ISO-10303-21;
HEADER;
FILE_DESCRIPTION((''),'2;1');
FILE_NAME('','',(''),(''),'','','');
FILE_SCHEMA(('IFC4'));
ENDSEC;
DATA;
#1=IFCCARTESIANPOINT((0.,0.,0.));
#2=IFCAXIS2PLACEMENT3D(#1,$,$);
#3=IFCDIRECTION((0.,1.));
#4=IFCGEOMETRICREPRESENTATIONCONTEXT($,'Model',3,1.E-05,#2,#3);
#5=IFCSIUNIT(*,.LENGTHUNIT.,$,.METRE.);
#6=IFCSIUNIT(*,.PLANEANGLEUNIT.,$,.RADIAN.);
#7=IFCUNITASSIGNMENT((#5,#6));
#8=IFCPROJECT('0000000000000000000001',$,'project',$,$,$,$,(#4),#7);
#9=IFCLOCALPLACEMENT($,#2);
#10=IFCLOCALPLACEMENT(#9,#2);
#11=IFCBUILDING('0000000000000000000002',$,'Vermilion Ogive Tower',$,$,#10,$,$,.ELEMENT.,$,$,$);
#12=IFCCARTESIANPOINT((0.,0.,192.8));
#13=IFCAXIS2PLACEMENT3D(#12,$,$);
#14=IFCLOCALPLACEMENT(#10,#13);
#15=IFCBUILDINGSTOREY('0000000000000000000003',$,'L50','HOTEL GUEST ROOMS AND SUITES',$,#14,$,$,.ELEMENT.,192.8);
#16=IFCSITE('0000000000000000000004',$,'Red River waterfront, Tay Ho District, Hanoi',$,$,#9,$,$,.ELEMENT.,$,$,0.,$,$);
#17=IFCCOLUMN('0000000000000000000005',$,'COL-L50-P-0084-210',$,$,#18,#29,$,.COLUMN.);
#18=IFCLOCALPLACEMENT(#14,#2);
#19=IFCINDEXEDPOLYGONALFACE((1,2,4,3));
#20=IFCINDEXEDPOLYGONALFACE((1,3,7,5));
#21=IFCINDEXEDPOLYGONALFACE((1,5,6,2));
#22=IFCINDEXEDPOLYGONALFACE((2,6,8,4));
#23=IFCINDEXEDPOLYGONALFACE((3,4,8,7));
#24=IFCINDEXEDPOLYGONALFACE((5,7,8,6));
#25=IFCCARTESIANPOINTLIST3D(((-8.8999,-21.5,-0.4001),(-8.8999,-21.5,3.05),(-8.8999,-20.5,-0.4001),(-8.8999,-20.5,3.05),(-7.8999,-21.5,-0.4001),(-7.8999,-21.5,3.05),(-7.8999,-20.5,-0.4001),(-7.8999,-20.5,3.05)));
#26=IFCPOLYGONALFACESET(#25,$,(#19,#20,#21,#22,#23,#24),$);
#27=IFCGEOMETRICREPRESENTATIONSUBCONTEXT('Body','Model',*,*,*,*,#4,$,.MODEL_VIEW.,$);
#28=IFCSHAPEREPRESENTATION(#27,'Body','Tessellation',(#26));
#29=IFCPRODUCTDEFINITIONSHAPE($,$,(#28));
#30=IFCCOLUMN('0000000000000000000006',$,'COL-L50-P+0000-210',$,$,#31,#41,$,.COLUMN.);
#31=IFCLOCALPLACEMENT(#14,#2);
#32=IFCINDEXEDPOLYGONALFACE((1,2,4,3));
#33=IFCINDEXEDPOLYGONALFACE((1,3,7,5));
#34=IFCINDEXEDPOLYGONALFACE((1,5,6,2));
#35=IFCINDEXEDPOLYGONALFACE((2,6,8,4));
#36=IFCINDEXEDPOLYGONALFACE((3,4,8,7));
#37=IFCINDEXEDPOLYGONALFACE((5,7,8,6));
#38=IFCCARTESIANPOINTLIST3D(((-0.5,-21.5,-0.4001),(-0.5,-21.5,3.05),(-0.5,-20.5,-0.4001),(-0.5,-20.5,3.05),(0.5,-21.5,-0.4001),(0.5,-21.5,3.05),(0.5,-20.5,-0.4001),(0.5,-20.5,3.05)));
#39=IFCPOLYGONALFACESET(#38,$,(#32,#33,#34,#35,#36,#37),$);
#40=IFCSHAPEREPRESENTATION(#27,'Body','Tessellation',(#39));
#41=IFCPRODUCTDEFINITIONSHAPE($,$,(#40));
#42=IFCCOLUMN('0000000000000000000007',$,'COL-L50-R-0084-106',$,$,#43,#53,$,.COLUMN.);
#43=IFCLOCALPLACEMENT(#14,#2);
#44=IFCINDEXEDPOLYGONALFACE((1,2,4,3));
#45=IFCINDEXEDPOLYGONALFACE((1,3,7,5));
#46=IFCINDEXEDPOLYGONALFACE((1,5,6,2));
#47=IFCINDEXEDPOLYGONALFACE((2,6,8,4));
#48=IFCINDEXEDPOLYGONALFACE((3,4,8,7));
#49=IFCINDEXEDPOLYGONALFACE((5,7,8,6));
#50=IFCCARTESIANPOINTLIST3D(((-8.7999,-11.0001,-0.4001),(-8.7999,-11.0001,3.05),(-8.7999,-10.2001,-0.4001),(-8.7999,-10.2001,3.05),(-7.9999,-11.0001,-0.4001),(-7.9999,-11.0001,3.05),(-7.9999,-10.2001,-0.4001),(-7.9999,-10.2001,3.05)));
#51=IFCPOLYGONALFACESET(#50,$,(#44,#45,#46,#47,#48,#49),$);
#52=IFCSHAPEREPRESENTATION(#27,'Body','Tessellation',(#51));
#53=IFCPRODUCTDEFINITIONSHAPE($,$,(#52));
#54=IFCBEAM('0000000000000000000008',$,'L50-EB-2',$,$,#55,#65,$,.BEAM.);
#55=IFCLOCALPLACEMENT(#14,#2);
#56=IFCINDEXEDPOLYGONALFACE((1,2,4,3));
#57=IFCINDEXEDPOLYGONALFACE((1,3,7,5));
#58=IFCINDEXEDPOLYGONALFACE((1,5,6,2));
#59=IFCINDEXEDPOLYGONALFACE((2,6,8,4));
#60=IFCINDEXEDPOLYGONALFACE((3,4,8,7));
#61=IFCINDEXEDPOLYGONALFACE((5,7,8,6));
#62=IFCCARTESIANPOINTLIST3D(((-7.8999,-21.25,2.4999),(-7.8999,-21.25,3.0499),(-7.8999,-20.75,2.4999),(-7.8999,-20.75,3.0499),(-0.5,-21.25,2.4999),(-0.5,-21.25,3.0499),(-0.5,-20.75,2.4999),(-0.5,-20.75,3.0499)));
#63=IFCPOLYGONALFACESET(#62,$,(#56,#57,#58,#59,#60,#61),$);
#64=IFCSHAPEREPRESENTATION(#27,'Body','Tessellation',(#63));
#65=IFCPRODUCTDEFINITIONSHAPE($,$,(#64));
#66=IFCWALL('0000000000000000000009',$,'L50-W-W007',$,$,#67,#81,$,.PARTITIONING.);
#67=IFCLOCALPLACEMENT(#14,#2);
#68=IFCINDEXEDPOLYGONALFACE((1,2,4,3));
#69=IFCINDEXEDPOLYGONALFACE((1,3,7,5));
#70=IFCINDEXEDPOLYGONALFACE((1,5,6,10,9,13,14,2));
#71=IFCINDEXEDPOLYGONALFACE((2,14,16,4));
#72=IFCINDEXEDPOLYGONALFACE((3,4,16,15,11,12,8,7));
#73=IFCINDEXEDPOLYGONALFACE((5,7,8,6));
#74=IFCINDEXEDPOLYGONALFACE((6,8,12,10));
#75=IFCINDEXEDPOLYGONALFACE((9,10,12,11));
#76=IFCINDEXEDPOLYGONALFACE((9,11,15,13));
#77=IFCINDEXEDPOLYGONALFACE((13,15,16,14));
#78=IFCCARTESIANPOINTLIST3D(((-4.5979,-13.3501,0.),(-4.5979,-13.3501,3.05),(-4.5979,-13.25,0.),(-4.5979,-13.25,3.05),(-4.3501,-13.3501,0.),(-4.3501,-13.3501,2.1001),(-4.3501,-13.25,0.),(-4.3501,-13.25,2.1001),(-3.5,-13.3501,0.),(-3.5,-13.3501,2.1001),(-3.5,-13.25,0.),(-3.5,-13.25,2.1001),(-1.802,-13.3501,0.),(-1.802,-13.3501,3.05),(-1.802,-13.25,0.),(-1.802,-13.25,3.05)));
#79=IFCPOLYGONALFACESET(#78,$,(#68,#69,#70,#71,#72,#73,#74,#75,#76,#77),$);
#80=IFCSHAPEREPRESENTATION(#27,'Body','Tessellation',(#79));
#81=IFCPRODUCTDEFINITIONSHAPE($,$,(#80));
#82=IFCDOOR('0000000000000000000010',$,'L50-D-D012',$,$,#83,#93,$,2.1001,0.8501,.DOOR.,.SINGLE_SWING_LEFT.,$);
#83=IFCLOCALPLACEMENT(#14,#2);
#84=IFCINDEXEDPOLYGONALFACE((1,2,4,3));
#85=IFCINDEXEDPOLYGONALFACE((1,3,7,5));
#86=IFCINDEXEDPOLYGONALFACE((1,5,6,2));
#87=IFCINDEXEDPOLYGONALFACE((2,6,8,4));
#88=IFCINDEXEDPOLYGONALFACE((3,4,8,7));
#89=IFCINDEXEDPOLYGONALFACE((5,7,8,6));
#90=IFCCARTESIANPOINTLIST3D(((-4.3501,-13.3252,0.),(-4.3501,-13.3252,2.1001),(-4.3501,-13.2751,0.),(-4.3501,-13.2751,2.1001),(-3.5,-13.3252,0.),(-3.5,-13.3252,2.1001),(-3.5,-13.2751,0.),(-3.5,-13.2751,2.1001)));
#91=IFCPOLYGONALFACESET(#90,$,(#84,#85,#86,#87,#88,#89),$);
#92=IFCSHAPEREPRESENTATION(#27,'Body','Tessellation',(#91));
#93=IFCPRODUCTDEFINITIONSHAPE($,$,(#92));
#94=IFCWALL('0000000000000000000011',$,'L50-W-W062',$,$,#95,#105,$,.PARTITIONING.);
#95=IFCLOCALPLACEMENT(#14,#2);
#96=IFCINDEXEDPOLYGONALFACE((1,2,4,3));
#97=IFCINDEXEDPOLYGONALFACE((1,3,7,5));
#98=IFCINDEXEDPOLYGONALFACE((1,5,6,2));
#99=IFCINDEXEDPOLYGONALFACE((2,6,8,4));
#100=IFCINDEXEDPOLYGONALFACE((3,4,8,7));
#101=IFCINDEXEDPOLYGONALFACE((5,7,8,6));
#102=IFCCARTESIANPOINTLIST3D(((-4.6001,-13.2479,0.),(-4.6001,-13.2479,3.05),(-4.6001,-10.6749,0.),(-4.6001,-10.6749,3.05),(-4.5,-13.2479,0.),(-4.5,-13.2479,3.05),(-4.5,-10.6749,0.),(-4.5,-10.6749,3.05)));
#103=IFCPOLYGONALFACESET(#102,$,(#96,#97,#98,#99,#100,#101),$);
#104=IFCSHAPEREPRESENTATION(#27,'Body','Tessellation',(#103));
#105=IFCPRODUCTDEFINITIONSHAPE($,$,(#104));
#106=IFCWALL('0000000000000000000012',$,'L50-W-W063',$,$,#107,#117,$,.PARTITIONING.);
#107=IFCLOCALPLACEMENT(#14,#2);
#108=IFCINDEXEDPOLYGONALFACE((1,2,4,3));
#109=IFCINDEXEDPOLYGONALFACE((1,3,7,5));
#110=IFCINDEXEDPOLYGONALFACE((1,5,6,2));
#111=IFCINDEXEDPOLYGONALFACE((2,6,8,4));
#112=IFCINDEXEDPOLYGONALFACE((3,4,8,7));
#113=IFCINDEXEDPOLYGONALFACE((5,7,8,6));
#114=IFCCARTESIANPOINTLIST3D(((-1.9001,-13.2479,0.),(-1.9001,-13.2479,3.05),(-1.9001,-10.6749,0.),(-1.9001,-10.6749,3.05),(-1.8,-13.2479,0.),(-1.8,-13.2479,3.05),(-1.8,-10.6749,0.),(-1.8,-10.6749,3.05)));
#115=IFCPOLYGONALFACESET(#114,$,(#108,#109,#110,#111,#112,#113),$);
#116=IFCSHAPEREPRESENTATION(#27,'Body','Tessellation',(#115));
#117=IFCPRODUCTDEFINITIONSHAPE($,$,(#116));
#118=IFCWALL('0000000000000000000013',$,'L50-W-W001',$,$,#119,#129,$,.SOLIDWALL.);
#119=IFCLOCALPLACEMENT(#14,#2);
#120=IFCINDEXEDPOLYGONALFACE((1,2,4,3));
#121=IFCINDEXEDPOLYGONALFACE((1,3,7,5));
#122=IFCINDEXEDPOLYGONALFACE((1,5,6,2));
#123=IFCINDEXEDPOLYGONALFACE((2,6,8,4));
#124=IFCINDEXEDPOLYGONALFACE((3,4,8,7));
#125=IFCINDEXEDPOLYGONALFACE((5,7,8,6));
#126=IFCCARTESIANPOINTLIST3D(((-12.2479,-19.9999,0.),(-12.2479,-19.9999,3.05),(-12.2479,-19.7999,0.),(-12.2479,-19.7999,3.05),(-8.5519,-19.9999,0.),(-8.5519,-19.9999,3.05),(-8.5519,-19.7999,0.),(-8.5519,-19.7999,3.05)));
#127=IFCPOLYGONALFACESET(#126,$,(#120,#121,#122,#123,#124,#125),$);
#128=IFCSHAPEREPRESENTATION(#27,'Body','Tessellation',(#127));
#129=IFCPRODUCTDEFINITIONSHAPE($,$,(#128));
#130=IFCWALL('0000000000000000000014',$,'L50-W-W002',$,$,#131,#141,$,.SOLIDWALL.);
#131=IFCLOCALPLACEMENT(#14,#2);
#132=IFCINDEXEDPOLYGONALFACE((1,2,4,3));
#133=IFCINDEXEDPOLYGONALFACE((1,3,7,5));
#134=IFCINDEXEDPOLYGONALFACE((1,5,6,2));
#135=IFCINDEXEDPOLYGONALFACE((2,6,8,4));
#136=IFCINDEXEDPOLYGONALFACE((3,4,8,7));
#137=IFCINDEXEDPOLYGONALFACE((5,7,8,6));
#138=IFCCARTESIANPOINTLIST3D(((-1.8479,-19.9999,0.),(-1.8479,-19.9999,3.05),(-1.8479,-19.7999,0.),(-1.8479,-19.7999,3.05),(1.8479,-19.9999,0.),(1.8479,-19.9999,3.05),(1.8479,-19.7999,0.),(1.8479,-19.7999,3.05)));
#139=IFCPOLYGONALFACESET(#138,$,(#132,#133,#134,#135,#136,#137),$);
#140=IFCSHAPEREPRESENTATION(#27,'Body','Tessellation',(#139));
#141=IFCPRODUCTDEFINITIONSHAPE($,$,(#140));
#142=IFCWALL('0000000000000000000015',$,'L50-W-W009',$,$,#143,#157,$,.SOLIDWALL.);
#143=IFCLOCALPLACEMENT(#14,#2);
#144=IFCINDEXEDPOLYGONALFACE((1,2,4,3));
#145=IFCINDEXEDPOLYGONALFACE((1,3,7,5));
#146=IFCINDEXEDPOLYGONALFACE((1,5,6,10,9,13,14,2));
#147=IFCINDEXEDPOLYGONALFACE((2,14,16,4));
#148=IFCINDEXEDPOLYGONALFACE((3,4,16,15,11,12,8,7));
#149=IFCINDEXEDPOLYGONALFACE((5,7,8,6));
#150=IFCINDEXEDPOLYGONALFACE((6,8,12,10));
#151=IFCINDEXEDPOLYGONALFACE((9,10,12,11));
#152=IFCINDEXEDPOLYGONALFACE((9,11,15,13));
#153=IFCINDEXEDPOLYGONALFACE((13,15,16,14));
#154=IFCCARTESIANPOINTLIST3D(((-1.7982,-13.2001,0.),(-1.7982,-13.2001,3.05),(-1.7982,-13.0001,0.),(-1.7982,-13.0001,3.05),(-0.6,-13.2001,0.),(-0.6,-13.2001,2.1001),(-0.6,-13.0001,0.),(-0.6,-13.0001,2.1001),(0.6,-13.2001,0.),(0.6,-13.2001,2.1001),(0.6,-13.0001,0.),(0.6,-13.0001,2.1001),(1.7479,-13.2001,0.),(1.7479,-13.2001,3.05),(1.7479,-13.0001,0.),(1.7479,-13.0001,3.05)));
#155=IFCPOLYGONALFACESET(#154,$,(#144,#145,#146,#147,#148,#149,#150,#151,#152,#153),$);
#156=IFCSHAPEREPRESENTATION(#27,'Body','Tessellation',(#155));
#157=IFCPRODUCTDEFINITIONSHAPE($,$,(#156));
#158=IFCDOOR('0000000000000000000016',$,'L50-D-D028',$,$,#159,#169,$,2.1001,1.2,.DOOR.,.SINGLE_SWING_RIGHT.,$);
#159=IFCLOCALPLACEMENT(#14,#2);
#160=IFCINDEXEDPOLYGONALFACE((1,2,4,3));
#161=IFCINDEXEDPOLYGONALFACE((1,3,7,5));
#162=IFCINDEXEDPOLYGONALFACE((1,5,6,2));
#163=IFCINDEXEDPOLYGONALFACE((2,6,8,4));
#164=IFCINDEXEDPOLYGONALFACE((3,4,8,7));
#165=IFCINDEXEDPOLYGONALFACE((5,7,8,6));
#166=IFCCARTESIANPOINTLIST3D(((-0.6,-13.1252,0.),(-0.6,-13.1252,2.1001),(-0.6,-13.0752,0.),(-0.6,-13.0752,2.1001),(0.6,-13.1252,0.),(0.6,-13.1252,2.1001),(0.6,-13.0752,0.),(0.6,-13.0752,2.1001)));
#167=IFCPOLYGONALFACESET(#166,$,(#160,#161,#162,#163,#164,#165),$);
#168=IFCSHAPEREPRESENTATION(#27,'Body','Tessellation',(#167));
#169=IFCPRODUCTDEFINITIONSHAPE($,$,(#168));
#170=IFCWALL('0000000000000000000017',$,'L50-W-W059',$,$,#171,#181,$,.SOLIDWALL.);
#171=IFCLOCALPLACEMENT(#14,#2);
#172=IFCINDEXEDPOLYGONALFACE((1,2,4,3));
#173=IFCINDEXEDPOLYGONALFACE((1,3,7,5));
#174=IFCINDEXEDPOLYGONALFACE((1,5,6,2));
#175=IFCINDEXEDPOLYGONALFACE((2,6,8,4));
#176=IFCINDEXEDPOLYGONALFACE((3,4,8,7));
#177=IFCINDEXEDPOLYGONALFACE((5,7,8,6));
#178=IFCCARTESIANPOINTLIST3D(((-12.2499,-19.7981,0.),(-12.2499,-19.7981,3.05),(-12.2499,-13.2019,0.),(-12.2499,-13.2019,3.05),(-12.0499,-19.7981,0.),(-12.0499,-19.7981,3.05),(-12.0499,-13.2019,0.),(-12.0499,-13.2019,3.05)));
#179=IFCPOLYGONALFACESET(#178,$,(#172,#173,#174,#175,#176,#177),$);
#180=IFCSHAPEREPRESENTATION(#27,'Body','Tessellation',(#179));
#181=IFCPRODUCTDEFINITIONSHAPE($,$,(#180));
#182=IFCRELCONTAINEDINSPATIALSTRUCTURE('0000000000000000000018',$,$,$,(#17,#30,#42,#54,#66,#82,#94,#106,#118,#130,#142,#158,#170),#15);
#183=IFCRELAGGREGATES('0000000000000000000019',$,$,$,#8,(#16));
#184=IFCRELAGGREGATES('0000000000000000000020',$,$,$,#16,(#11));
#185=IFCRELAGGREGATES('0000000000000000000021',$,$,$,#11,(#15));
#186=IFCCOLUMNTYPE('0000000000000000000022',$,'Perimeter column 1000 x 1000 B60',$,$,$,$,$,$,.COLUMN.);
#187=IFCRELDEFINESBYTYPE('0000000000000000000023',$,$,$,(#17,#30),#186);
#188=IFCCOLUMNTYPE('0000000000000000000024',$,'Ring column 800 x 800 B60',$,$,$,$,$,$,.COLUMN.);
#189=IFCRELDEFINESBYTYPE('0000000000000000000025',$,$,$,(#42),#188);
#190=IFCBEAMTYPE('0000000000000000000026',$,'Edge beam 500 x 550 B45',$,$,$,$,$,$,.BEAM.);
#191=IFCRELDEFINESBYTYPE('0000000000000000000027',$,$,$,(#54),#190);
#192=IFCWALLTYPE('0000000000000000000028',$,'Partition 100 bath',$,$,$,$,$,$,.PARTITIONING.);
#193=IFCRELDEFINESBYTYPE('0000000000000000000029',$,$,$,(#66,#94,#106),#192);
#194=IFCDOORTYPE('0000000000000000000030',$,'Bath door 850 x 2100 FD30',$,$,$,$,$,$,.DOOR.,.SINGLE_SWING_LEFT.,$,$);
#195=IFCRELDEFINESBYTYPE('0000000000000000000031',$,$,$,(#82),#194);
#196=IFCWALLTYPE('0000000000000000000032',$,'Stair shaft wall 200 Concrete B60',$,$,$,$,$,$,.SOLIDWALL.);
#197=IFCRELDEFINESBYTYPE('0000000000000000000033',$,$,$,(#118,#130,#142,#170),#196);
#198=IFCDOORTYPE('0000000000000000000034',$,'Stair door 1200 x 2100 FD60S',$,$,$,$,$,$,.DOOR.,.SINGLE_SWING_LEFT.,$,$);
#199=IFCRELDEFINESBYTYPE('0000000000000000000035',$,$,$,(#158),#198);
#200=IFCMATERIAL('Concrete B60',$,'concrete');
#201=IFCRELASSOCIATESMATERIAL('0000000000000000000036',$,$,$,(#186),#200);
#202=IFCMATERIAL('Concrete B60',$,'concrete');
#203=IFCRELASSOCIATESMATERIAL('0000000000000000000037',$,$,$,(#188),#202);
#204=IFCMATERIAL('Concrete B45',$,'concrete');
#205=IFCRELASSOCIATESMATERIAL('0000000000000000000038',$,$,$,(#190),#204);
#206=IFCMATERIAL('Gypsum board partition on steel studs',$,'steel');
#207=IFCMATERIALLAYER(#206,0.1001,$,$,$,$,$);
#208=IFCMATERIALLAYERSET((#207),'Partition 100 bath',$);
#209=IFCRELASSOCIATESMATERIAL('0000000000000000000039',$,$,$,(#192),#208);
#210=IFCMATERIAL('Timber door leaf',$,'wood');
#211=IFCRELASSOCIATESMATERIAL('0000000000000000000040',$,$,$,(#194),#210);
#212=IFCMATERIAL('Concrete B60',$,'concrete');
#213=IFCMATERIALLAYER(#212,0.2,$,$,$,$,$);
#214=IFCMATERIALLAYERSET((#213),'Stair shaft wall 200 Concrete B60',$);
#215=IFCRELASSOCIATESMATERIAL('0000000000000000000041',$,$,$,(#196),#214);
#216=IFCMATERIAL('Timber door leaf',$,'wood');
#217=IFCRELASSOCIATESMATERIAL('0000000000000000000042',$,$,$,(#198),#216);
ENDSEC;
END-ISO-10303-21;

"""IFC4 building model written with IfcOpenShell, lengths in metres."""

from ifc_helpers import new_model, si_unit, direction, frame, frame_2d, origin, origin_2d, place, context, subcontext, project, spatial, rectangle, extrude, material, layer, layer_set, material_profile, profile_set, type_object, element, fill, save


model = new_model("IFC4")

# Units and contexts
model_context = context("Model", 3, precision=1e-05, world=origin(), true_north=direction((0.0, 1.0)))
body_context = subcontext(model_context, "Body", "Model", "MODEL_VIEW")
ifc_project = project(units=[si_unit("LENGTHUNIT", "METRE"), si_unit("PLANEANGLEUNIT", "RADIAN")], contexts=[model_context])

# Site, building, storey
site_placement = place(None, origin())
site = spatial("IfcSite", under=ifc_project, at=site_placement, Name="Red River waterfront, Tay Ho District, Hanoi", CompositionType="ELEMENT", RefElevation=0.0)
building_placement = place(site_placement, origin())
building = spatial("IfcBuilding", under=site, at=building_placement, Name="Vermilion Ogive Tower", CompositionType="ELEMENT")
storey_placement = place(building_placement, frame((0.0, 0.0, 192.8)))
storey = spatial("IfcBuildingStorey", under=building, at=storey_placement, Name="L50", Description="HOTEL GUEST ROOMS AND SUITES", CompositionType="ELEMENT", Elevation=192.8)

# Columns
ifc_material_1 = material(Name="Concrete B60", Category="concrete")
ifc_material_profile_1 = material_profile(ifc_material_1, rectangle(XDim=1.0, YDim=1.0, at=origin_2d()), Name="1000 x 1000")
ifc_profile_set_1 = profile_set([ifc_material_profile_1], Name="Concrete B60")
column_type_1 = type_object("IfcColumnType", Name="Perimeter column 1000 x 1000 B60", PredefinedType="COLUMN", material=ifc_profile_set_1)
for number, where, z_axis, x_axis, name in (
    (1, (-8.3999, -21.0, -0.4001), (0.0, 0.0, 1.0), (1.0, 0.0, 0.0), "COL-L50-P-0084-210"),
    (2, (0.0, -21.0, -0.4001), (0.0, 0.0, 1.0), (1.0, 0.0, 0.0), "COL-L50-P+0000-210"),
):
    element("IfcColumn", number, at=place(storey_placement, frame(where, z_axis=z_axis, x_axis=x_axis)), inside=storey, type_object=column_type_1, Name=name, PredefinedType="COLUMN", context=body_context, shape_type="SweptSolid", body=[
        extrude(rectangle(XDim=1.0, YDim=1.0, at=origin_2d()), origin(), (0.0, 0.0, 1.0), 3.4502),
    ])
ifc_material_2 = material(Name="Concrete B60", Category="concrete")
ifc_material_profile_2 = material_profile(ifc_material_2, rectangle(XDim=0.8, YDim=0.8, at=origin_2d()), Name="800 x 800")
ifc_profile_set_2 = profile_set([ifc_material_profile_2], Name="Concrete B60")
column_type_2 = type_object("IfcColumnType", Name="Ring column 800 x 800 B60", PredefinedType="COLUMN", material=ifc_profile_set_2)
column_placement = place(storey_placement, frame((-8.3999, -10.6001, -0.4001), z_axis=(0.0, 0.0, 1.0), x_axis=(1.0, 0.0, 0.0)))
element("IfcColumn", 3, at=column_placement, inside=storey, type_object=column_type_2, Name="COL-L50-R-0084-106", PredefinedType="COLUMN", context=body_context, shape_type="SweptSolid", body=[
    extrude(rectangle(XDim=0.8, YDim=0.8, at=origin_2d()), origin(), (0.0, 0.0, 1.0), 3.4502),
])

# Beam
ifc_material_3 = material(Name="Concrete B45", Category="concrete")
ifc_material_profile_3 = material_profile(ifc_material_3, rectangle(XDim=0.5, YDim=0.55, at=origin_2d()), Name="500 x 550")
ifc_profile_set_3 = profile_set([ifc_material_profile_3], Name="Concrete B45")
beam_type = type_object("IfcBeamType", Name="Edge beam 500 x 550 B45", PredefinedType="BEAM", material=ifc_profile_set_3)
beam_placement = place(storey_placement, frame((-7.8999, -21.0, 2.7749), z_axis=(1.0, 0.0, 0.0), x_axis=(0.0, 1.0, 0.0)))
element("IfcBeam", 4, at=beam_placement, inside=storey, type_object=beam_type, Name="L50-EB-2", PredefinedType="BEAM", context=body_context, shape_type="SweptSolid", body=[
    extrude(rectangle(XDim=0.5, YDim=0.55, at=origin_2d()), origin(), (0.0, 0.0, 1.0), 7.3999),
])

# Wall, opening, door
ifc_material_4 = material(Name="Gypsum board partition on steel studs", Category="steel")
ifc_layer_1 = layer(ifc_material_4, 0.1001)
ifc_layer_set_1 = layer_set([ifc_layer_1], Name="Partition 100 bath")
wall_type_1 = type_object("IfcWallType", Name="Partition 100 bath", PredefinedType="PARTITIONING", material=ifc_layer_set_1)
wall_1_placement = place(storey_placement, frame((-4.5979, -13.3, 0.0), z_axis=(0.0, 0.0, 1.0), x_axis=(1.0, 0.0, 0.0)))
wall_1 = element("IfcWall", 5, at=wall_1_placement, inside=storey, type_object=wall_type_1, Name="L50-W-W007", PredefinedType="PARTITIONING", context=body_context, shape_type="SweptSolid", body=[
    extrude(rectangle(XDim=2.7959, YDim=0.1001, at=frame_2d((1.3979, 0.0))), origin(), (0.0, 0.0, 1.0), 3.05),
])
opening_1_placement = place(wall_1_placement, frame((0.2478, 0.0, 0.0)))
opening_1 = element("IfcOpeningElement", 6, at=opening_1_placement, cuts=wall_1, PredefinedType="OPENING", context=body_context, shape_type="SweptSolid", body=[
    extrude(rectangle(XDim=0.8501, YDim=2.1001, at=frame_2d((0.425, 1.05))), frame((0.0, 0.0601, 0.0), z_axis=(0.0, -1.0, 0.0), x_axis=(1.0, 0.0, 0.0)), (0.0, 0.0, 1.0), 0.1201),
])
ifc_material_5 = material(Name="Timber door leaf", Category="wood")
door_type_1 = type_object("IfcDoorType", Name="Bath door 850 x 2100 FD30", OperationType="SINGLE_SWING_LEFT", PredefinedType="DOOR", material=ifc_material_5)
door_1_placement = place(opening_1_placement, origin())
door_1 = element("IfcDoor", 7, at=door_1_placement, inside=storey, type_object=door_type_1, Name="L50-D-D012", OperationType="SINGLE_SWING_LEFT", OverallHeight=2.1001, OverallWidth=0.8501, PredefinedType="DOOR", context=body_context, shape_type="SweptSolid", body=[
    extrude(rectangle(XDim=0.8501, YDim=2.1001, at=frame_2d((0.425, 1.05))), frame((0.0, 0.0249, 0.0), z_axis=(0.0, -1.0, 0.0), x_axis=(1.0, 0.0, 0.0)), (0.0, 0.0, 1.0), 0.05),
])
fill(opening_1, door_1)

# Walls
for number, where, z_axis, x_axis, name in (
    (8, (-4.55, -13.248, 0.0), (0.0, 0.0, 1.0), (0.0, 1.0, 0.0), "L50-W-W062"),
    (9, (-1.8501, -13.248, 0.0), (0.0, 0.0, 1.0), (0.0, 1.0, 0.0), "L50-W-W063"),
):
    element("IfcWall", number, at=place(storey_placement, frame(where, z_axis=z_axis, x_axis=x_axis)), inside=storey, type_object=wall_type_1, Name=name, PredefinedType="PARTITIONING", context=body_context, shape_type="SweptSolid", body=[
        extrude(rectangle(XDim=2.573, YDim=0.1001, at=frame_2d((1.2866, 0.0))), origin(), (0.0, 0.0, 1.0), 3.05),
    ])
ifc_material_6 = material(Name="Concrete B60", Category="concrete")
ifc_layer_2 = layer(ifc_material_6, 0.2)
ifc_layer_set_2 = layer_set([ifc_layer_2], Name="Stair shaft wall 200 Concrete B60")
wall_type_2 = type_object("IfcWallType", Name="Stair shaft wall 200 Concrete B60", PredefinedType="SOLIDWALL", material=ifc_layer_set_2)
wall_2_placement = place(storey_placement, frame((-12.248, -19.8999, 0.0), z_axis=(0.0, 0.0, 1.0), x_axis=(1.0, 0.0, 0.0)))
element("IfcWall", 10, at=wall_2_placement, inside=storey, type_object=wall_type_2, Name="L50-W-W001", PredefinedType="SOLIDWALL", context=body_context, shape_type="SweptSolid", body=[
    extrude(rectangle(XDim=3.696, YDim=0.2, at=frame_2d((1.8481, 0.0))), origin(), (0.0, 0.0, 1.0), 3.05),
])
wall_3_placement = place(storey_placement, frame((-1.8479, -19.8999, 0.0), z_axis=(0.0, 0.0, 1.0), x_axis=(1.0, 0.0, 0.0)))
element("IfcWall", 11, at=wall_3_placement, inside=storey, type_object=wall_type_2, Name="L50-W-W002", PredefinedType="SOLIDWALL", context=body_context, shape_type="SweptSolid", body=[
    extrude(rectangle(XDim=3.6958, YDim=0.2, at=frame_2d((1.8479, 0.0))), origin(), (0.0, 0.0, 1.0), 3.05),
])

# Wall, opening, door
wall_4_placement = place(storey_placement, frame((-1.7981, -13.1001, 0.0), z_axis=(0.0, 0.0, 1.0), x_axis=(1.0, 0.0, 0.0)))
wall_4 = element("IfcWall", 12, at=wall_4_placement, inside=storey, type_object=wall_type_2, Name="L50-W-W009", PredefinedType="SOLIDWALL", context=body_context, shape_type="SweptSolid", body=[
    extrude(rectangle(XDim=3.5461, YDim=0.2, at=frame_2d((1.7729, 0.0))), origin(), (0.0, 0.0, 1.0), 3.05),
])
opening_2_placement = place(wall_4_placement, frame((1.198, 0.0, 0.0)))
opening_2 = element("IfcOpeningElement", 13, at=opening_2_placement, cuts=wall_4, PredefinedType="OPENING", context=body_context, shape_type="SweptSolid", body=[
    extrude(rectangle(XDim=1.2, YDim=2.1001, at=frame_2d((0.6001, 1.05))), frame((0.0, 0.1099, 0.0), z_axis=(0.0, -1.0, 0.0), x_axis=(1.0, 0.0, 0.0)), (0.0, 0.0, 1.0), 0.22),
])
ifc_material_7 = material(Name="Timber door leaf", Category="wood")
door_type_2 = type_object("IfcDoorType", Name="Stair door 1200 x 2100 FD60S", OperationType="SINGLE_SWING_LEFT", PredefinedType="DOOR", material=ifc_material_7)
door_2_placement = place(opening_2_placement, origin())
door_2 = element("IfcDoor", 14, at=door_2_placement, inside=storey, type_object=door_type_2, Name="L50-D-D028", OperationType="SINGLE_SWING_RIGHT", OverallHeight=2.1001, OverallWidth=1.2, PredefinedType="DOOR", context=body_context, shape_type="SweptSolid", body=[
    extrude(rectangle(XDim=1.2, YDim=2.1001, at=frame_2d((0.6001, 1.05))), frame((0.0, 0.0249, 0.0), z_axis=(0.0, -1.0, 0.0), x_axis=(1.0, 0.0, 0.0)), (0.0, 0.0, 1.0), 0.05),
])
fill(opening_2, door_2)

# Wall
for number, where, z_axis, x_axis, name in (
    (15, (-12.1499, -19.7981, 0.0), (0.0, 0.0, 1.0), (0.0, 1.0, 0.0), "L50-W-W059"),
):
    element("IfcWall", number, at=place(storey_placement, frame(where, z_axis=z_axis, x_axis=x_axis)), inside=storey, type_object=wall_type_2, Name=name, PredefinedType="SOLIDWALL", context=body_context, shape_type="SweptSolid", body=[
        extrude(rectangle(XDim=6.5962, YDim=0.2, at=frame_2d((3.2981, 0.0))), origin(), (0.0, 0.0, 1.0), 3.05),
    ])

save(model, "model.ifc")
